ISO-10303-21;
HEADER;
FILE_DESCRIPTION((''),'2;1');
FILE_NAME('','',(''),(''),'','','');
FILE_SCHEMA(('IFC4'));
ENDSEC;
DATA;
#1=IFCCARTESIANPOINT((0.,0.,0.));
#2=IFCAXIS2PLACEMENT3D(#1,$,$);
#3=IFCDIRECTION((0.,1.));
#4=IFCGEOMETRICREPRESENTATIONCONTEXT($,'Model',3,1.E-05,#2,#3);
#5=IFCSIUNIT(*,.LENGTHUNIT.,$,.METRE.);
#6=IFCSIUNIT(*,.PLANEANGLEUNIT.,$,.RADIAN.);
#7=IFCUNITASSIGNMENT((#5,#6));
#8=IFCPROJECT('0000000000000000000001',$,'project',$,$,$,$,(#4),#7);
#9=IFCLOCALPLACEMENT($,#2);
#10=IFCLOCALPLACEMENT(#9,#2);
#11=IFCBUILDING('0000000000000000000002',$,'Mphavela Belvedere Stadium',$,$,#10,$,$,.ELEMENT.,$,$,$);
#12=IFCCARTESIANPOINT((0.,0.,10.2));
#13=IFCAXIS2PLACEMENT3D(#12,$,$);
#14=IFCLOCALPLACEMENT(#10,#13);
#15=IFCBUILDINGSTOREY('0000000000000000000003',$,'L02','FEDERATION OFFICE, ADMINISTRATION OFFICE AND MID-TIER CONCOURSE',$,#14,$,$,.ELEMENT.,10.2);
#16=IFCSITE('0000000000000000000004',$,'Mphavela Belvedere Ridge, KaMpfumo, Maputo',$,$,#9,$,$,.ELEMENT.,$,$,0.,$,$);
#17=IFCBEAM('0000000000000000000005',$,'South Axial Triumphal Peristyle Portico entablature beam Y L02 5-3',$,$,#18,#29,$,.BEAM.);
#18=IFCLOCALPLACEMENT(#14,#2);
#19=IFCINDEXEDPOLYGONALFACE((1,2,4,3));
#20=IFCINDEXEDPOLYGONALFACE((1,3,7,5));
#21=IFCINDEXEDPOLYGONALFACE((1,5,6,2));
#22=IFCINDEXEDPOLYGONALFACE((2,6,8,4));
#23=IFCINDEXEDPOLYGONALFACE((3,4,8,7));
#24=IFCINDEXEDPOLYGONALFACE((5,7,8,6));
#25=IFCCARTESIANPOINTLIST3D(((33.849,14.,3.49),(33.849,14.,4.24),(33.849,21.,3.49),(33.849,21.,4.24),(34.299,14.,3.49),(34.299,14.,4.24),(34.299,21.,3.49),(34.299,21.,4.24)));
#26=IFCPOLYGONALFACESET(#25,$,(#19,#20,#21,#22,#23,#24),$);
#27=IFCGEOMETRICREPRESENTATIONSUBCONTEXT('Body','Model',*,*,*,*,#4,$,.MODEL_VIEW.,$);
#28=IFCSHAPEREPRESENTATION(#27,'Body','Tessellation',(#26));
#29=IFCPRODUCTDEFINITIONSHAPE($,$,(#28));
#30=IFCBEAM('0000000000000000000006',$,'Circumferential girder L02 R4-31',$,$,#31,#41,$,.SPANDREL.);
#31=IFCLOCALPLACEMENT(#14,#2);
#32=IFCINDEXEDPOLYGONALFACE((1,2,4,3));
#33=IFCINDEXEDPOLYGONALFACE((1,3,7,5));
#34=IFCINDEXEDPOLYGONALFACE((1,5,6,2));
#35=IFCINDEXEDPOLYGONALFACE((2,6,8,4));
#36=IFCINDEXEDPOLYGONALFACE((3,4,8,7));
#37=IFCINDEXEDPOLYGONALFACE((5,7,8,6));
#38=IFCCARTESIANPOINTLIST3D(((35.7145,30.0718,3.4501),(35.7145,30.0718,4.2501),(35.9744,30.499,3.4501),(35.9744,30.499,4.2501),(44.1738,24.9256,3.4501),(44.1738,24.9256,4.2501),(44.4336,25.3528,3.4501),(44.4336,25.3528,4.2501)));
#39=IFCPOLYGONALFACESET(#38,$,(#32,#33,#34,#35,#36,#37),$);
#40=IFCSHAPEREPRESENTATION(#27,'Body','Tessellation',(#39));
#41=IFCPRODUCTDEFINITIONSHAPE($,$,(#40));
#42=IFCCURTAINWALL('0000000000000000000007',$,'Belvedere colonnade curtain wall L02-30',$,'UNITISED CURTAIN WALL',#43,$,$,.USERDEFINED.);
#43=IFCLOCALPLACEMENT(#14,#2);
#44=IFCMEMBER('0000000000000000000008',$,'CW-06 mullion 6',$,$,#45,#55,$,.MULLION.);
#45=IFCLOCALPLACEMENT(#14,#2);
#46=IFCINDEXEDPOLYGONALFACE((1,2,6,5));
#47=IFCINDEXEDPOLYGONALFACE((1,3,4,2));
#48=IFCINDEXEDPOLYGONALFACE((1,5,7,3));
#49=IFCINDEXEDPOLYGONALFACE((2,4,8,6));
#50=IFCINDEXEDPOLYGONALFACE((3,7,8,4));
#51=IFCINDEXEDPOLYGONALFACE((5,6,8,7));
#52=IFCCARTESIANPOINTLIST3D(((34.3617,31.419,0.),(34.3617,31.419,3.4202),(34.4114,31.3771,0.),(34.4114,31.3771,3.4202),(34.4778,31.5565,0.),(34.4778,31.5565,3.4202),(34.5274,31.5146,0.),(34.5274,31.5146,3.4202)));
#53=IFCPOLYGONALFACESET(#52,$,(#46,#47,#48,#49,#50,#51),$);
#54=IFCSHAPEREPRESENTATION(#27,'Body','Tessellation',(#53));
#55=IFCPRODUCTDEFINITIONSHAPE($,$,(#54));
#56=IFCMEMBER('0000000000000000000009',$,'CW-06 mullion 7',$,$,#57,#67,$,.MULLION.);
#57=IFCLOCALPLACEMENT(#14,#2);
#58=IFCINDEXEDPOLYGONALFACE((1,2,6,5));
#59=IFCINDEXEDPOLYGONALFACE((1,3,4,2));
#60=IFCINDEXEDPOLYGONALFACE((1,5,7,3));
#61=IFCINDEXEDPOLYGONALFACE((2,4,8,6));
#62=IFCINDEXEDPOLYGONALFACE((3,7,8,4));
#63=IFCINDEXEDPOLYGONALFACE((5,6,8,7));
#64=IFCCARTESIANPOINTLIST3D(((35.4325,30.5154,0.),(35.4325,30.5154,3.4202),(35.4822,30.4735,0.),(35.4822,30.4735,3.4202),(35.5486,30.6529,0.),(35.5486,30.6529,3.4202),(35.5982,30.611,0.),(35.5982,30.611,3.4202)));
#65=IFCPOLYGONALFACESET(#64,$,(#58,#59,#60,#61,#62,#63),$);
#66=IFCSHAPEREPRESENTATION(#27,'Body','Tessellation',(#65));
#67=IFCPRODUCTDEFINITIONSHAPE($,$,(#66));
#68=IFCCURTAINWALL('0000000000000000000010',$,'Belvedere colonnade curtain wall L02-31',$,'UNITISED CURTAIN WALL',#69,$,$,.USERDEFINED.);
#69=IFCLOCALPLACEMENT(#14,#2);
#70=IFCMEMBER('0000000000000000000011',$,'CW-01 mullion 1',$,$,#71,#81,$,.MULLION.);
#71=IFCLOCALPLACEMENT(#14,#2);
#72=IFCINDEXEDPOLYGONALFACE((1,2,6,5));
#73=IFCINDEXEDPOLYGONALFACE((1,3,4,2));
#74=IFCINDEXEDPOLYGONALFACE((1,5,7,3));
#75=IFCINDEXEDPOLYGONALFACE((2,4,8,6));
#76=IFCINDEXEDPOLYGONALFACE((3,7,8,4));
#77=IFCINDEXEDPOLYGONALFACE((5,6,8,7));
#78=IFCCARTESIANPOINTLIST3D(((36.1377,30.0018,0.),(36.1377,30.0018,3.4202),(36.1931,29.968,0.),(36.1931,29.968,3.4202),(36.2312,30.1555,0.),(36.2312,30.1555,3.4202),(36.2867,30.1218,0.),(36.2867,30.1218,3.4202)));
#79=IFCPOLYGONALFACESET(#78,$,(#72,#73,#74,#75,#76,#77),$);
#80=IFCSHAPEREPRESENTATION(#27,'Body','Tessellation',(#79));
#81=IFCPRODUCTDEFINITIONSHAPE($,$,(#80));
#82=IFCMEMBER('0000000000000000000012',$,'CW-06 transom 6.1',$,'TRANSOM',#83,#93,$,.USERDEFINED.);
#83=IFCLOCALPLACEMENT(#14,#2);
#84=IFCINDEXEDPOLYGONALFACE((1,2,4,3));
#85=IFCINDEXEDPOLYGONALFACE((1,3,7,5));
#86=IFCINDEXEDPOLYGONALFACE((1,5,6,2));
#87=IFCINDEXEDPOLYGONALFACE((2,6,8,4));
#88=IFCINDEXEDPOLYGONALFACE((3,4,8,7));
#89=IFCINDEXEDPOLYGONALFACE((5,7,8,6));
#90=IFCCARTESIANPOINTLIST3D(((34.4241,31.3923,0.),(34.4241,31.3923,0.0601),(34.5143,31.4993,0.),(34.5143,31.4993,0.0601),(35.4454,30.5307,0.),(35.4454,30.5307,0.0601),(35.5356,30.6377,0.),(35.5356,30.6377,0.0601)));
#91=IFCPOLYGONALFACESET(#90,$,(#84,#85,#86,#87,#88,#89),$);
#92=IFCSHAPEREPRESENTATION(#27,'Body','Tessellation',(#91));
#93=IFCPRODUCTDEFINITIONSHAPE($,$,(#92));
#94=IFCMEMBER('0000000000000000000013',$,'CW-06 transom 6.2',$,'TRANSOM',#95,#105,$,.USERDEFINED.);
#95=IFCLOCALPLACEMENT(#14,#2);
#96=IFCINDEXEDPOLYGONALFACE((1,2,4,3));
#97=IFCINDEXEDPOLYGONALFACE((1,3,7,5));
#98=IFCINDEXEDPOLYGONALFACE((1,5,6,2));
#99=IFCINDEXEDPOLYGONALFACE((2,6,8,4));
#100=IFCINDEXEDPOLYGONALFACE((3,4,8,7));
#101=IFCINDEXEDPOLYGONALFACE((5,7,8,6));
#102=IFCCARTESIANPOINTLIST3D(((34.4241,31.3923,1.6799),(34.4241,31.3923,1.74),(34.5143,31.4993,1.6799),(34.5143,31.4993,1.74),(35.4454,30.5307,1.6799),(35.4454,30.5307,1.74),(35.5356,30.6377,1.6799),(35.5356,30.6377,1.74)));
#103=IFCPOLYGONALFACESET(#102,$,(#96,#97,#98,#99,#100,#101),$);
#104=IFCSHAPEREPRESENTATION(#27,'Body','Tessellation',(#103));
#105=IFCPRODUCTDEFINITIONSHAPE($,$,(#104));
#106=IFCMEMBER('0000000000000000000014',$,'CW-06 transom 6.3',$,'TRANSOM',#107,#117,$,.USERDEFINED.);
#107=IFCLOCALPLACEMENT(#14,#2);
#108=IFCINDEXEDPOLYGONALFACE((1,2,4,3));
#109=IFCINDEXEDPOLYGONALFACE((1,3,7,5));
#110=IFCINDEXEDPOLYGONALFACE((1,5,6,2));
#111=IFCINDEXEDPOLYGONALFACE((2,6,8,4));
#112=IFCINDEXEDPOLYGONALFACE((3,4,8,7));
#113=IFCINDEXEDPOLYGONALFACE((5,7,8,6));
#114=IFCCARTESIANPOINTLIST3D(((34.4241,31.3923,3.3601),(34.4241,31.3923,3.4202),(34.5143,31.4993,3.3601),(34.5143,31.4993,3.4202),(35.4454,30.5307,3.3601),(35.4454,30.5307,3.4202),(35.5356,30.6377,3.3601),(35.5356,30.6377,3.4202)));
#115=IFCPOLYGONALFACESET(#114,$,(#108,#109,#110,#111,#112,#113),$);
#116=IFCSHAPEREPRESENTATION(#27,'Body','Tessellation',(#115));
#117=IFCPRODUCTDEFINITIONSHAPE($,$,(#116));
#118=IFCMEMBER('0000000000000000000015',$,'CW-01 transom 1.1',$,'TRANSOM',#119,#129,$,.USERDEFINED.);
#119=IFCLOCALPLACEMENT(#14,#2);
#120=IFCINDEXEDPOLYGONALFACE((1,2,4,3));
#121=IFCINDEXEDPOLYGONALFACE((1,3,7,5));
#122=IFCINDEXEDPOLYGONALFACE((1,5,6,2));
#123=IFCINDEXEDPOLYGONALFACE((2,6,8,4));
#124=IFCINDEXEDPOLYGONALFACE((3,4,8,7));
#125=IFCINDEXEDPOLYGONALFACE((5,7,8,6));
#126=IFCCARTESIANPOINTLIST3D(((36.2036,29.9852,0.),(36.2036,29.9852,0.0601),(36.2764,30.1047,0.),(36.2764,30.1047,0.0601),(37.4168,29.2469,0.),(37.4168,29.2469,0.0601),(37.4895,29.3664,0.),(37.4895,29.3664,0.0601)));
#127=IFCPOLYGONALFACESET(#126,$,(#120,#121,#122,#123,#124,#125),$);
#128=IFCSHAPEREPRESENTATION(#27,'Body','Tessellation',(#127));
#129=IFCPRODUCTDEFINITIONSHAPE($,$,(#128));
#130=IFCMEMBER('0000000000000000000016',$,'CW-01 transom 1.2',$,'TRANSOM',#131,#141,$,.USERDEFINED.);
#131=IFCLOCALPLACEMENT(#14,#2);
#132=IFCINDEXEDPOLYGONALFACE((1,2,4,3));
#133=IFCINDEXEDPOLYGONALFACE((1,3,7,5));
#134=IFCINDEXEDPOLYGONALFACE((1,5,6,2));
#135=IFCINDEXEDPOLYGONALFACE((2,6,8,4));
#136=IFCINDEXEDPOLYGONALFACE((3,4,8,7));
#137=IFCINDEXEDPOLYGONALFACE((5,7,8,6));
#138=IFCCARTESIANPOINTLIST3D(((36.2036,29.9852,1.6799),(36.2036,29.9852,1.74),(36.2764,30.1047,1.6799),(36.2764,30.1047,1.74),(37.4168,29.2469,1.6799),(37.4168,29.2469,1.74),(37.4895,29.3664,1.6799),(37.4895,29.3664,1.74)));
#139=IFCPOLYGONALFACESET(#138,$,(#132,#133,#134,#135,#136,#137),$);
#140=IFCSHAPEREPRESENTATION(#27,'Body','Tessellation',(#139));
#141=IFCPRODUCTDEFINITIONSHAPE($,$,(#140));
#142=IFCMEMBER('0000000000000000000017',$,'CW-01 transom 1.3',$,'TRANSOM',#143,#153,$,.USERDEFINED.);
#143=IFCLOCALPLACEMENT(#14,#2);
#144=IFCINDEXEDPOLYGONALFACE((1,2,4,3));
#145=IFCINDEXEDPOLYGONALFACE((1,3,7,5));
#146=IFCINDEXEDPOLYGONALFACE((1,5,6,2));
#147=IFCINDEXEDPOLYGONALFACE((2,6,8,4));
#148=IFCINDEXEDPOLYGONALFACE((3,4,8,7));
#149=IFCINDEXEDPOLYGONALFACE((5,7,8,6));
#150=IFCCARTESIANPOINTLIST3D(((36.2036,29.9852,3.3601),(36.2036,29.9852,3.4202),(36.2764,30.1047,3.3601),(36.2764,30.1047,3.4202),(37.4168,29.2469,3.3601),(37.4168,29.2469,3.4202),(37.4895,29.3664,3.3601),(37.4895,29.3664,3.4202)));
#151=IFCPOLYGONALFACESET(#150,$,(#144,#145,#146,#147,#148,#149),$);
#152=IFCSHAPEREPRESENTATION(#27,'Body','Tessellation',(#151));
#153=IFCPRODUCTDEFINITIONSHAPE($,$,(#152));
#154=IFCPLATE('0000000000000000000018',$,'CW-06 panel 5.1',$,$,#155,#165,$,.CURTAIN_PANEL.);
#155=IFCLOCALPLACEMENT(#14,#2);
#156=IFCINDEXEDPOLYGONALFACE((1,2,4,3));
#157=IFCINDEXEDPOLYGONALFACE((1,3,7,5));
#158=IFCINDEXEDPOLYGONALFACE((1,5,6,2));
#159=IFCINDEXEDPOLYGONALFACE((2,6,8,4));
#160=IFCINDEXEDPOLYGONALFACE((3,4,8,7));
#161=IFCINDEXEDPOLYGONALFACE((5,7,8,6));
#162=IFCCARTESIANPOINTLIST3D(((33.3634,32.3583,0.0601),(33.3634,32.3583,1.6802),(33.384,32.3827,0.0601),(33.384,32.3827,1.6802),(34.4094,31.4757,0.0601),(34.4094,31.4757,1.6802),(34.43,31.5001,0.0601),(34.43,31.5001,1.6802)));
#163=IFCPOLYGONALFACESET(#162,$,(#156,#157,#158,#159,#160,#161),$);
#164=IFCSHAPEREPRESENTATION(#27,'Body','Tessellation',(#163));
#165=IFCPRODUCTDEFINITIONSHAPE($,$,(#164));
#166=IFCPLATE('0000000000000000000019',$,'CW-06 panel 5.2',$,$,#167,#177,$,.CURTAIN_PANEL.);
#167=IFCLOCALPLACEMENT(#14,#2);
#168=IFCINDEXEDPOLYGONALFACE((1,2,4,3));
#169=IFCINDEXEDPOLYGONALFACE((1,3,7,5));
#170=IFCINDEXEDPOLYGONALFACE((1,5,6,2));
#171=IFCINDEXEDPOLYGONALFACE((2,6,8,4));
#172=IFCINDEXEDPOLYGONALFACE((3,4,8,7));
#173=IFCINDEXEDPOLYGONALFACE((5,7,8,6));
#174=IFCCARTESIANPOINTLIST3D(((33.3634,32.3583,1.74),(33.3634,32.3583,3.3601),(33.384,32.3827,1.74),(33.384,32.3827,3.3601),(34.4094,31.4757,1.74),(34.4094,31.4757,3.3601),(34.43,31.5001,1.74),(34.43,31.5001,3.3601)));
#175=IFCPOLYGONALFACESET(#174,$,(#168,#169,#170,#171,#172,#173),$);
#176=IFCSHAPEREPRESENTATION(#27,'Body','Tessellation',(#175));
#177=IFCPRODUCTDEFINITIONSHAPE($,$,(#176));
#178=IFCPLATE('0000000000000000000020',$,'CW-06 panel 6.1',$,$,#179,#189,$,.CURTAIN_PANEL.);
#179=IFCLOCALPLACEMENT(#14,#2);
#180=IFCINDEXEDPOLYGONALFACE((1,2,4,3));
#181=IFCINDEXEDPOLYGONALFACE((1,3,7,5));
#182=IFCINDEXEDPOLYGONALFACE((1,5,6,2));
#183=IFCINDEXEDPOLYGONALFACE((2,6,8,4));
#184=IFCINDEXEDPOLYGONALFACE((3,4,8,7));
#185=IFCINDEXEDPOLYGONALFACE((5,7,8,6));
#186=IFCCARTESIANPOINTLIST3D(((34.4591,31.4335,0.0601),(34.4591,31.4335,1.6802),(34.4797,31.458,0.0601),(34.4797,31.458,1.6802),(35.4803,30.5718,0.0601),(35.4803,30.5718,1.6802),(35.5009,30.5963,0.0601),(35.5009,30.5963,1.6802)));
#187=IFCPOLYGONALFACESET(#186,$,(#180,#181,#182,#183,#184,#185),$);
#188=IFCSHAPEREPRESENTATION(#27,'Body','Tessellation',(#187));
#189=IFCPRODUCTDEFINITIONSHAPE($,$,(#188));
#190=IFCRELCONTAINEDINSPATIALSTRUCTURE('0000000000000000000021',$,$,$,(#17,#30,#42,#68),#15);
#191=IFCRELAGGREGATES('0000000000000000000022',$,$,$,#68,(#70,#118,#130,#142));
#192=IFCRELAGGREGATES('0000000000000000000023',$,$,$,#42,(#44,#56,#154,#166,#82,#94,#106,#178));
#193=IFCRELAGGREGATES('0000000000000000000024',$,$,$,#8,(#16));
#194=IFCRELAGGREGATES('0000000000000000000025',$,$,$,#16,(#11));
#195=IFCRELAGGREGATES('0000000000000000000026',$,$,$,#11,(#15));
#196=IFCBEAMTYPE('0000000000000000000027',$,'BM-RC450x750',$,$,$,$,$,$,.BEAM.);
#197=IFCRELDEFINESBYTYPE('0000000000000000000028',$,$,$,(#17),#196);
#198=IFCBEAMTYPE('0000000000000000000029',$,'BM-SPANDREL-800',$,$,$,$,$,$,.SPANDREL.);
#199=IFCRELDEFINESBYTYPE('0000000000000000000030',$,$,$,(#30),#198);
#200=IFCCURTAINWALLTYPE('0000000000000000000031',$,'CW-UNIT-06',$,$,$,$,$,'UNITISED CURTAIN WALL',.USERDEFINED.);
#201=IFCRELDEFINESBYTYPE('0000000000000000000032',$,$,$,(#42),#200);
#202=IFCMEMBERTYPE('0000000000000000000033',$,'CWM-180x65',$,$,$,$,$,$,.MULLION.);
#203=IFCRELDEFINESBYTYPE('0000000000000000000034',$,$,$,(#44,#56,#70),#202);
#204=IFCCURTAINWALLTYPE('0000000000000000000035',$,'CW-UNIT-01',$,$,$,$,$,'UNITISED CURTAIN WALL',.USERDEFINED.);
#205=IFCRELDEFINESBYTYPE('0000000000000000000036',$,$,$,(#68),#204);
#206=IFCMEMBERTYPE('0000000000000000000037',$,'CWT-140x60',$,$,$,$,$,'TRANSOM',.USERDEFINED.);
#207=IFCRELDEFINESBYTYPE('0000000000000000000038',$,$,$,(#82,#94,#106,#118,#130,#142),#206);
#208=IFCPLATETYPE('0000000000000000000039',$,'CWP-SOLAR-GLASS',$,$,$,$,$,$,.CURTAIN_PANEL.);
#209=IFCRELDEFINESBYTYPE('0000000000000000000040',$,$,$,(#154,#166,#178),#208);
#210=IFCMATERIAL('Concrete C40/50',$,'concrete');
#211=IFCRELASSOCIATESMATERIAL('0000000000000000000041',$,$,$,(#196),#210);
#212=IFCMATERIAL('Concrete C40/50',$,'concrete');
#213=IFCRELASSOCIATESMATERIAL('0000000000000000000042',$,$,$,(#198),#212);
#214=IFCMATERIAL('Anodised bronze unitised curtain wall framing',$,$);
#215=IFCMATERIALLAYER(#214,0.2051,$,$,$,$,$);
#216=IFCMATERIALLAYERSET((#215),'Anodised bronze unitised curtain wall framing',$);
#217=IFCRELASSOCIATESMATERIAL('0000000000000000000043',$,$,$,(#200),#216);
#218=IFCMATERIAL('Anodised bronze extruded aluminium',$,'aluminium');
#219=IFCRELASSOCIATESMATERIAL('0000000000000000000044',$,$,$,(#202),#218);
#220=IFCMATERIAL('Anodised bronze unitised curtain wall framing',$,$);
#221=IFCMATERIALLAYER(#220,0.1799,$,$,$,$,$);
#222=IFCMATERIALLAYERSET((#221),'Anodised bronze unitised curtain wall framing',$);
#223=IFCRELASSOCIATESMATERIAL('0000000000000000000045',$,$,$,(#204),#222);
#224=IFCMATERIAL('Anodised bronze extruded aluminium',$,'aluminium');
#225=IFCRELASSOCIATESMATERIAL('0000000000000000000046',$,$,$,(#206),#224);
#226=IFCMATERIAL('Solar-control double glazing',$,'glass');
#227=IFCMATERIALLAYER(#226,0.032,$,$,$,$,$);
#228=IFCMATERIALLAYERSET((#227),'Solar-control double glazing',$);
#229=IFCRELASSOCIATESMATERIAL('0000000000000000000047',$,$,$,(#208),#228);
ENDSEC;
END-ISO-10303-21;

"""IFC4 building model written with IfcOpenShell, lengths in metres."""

from ifc_helpers import new_model, si_unit, direction, frame, origin, origin_2d, place, context, subcontext, project, spatial, rectangle, extrude, material, layer, layer_set, material_profile, profile_set, type_object, element, aggregate, save


model = new_model("IFC4")

# Units and contexts
model_context = context("Model", 3, precision=1e-05, world=origin(), true_north=direction((0.0, 1.0)))
body_context = subcontext(model_context, "Body", "Model", "MODEL_VIEW")
ifc_project = project(units=[si_unit("LENGTHUNIT", "METRE"), si_unit("PLANEANGLEUNIT", "RADIAN")], contexts=[model_context])

# Site, building, storey
site_placement = place(None, origin())
site = spatial("IfcSite", under=ifc_project, at=site_placement, Name="Mphavela Belvedere Ridge, KaMpfumo, Maputo", CompositionType="ELEMENT", RefElevation=0.0)
building_placement = place(site_placement, origin())
building = spatial("IfcBuilding", under=site, at=building_placement, Name="Mphavela Belvedere Stadium", CompositionType="ELEMENT")
storey_placement = place(building_placement, frame((0.0, 0.0, 10.2)))
storey = spatial("IfcBuildingStorey", under=building, at=storey_placement, Name="L02", Description="FEDERATION OFFICE, ADMINISTRATION OFFICE AND MID-TIER CONCOURSE", CompositionType="ELEMENT", Elevation=10.2)

# Beams
ifc_material_1 = material(Name="Concrete C40/50", Category="concrete")
ifc_material_profile_1 = material_profile(ifc_material_1, rectangle(XDim=0.45, YDim=0.75, at=origin_2d()), Name="RC 450x750")
ifc_profile_set_1 = profile_set([ifc_material_profile_1], Name="Concrete C40/50")
beam_type_1 = type_object("IfcBeamType", Name="BM-RC450x750", PredefinedType="BEAM", material=ifc_profile_set_1)
beam_1_placement = place(storey_placement, frame((34.074, 14.0, 3.865), z_axis=(0.0, 1.0, 0.0), x_axis=(-1.0, 0.0, 0.0)))
element("IfcBeam", 1, at=beam_1_placement, inside=storey, type_object=beam_type_1, Name="South Axial Triumphal Peristyle Portico entablature beam Y L02 5-3", PredefinedType="BEAM", context=body_context, shape_type="SweptSolid", body=[
    extrude(rectangle(XDim=0.45, YDim=0.75, at=origin_2d()), origin(), (0.0, 0.0, 1.0), 7.0),
])
ifc_material_2 = material(Name="Concrete C40/50", Category="concrete")
ifc_material_profile_2 = material_profile(ifc_material_2, rectangle(XDim=0.5, YDim=0.8, at=origin_2d()), Name="RC 500x800")
ifc_profile_set_2 = profile_set([ifc_material_profile_2], Name="Concrete C40/50")
beam_type_2 = type_object("IfcBeamType", Name="BM-SPANDREL-800", PredefinedType="SPANDREL", material=ifc_profile_set_2)
beam_2_placement = place(storey_placement, frame((35.8445, 30.2854, 3.8501), z_axis=(0.854327, -0.519737, 0.0), x_axis=(0.519737, 0.854327, 0.0)))
element("IfcBeam", 2, at=beam_2_placement, inside=storey, type_object=beam_type_2, Name="Circumferential girder L02 R4-31", PredefinedType="SPANDREL", context=body_context, shape_type="SweptSolid", body=[
    extrude(rectangle(XDim=0.5, YDim=0.8, at=origin_2d()), origin(), (0.0, 0.0, 1.0), 9.9016),
])

# Curtain wall, members
ifc_material_3 = material(Name="Anodised bronze unitised curtain wall framing")
ifc_layer_1 = layer(ifc_material_3, 0.2051)
ifc_layer_set_1 = layer_set([ifc_layer_1], Name="Anodised bronze unitised curtain wall framing")
curtain_wall_type_1 = type_object("IfcCurtainWallType", Name="CW-UNIT-06", ElementType="UNITISED CURTAIN WALL", PredefinedType="USERDEFINED", material=ifc_layer_set_1)
curtain_wall_1_placement = place(storey_placement, origin())
curtain_wall_1 = element("IfcCurtainWall", 3, at=curtain_wall_1_placement, inside=storey, type_object=curtain_wall_type_1, Name="Belvedere colonnade curtain wall L02-30", ObjectType="UNITISED CURTAIN WALL", PredefinedType="USERDEFINED")
ifc_material_4 = material(Name="Anodised bronze extruded aluminium", Category="aluminium")
ifc_material_profile_3 = material_profile(ifc_material_4, rectangle(XDim=0.1799, YDim=0.0649, at=origin_2d()), Name="CW-MUL 180x65")
ifc_profile_set_3 = profile_set([ifc_material_profile_3], Name="Anodised bronze extruded aluminium")
member_type_1 = type_object("IfcMemberType", Name="CWM-180x65", PredefinedType="MULLION", material=ifc_profile_set_3)
member_1_placement = place(storey_placement, frame((34.4446, 31.4668, 0.0), z_axis=(0.0, 0.0, 1.0), x_axis=(0.644907, 0.764261, 0.0)))
member_1 = element("IfcMember", 4, at=member_1_placement, type_object=member_type_1, Name="CW-06 mullion 6", PredefinedType="MULLION", context=body_context, shape_type="SweptSolid", body=[
    extrude(rectangle(XDim=0.1799, YDim=0.0649, at=origin_2d()), origin(), (0.0, 0.0, 1.0), 3.4202),
])
member_2_placement = place(storey_placement, frame((35.5154, 30.5632, 0.0), z_axis=(0.0, 0.0, 1.0), x_axis=(0.644907, 0.764261, 0.0)))
member_2 = element("IfcMember", 5, at=member_2_placement, type_object=member_type_1, Name="CW-06 mullion 7", PredefinedType="MULLION", context=body_context, shape_type="SweptSolid", body=[
    extrude(rectangle(XDim=0.1799, YDim=0.0649, at=origin_2d()), origin(), (0.0, 0.0, 1.0), 3.4202),
])

# Curtain wall, member
ifc_material_5 = material(Name="Anodised bronze unitised curtain wall framing")
ifc_layer_2 = layer(ifc_material_5, 0.1799)
ifc_layer_set_2 = layer_set([ifc_layer_2], Name="Anodised bronze unitised curtain wall framing")
curtain_wall_type_2 = type_object("IfcCurtainWallType", Name="CW-UNIT-01", ElementType="UNITISED CURTAIN WALL", PredefinedType="USERDEFINED", material=ifc_layer_set_2)
curtain_wall_2_placement = place(storey_placement, origin())
curtain_wall_2 = element("IfcCurtainWall", 6, at=curtain_wall_2_placement, inside=storey, type_object=curtain_wall_type_2, Name="Belvedere colonnade curtain wall L02-31", ObjectType="UNITISED CURTAIN WALL", PredefinedType="USERDEFINED")
member_3_placement = place(storey_placement, frame((36.2122, 30.0618, 0.0), z_axis=(0.0, 0.0, 1.0), x_axis=(0.519732, 0.85433, 0.0)))
member_3 = element("IfcMember", 7, at=member_3_placement, type_object=member_type_1, Name="CW-01 mullion 1", PredefinedType="MULLION", context=body_context, shape_type="SweptSolid", body=[
    extrude(rectangle(XDim=0.1799, YDim=0.0649, at=origin_2d()), origin(), (0.0, 0.0, 1.0), 3.4202),
])

# Members
ifc_material_6 = material(Name="Anodised bronze extruded aluminium", Category="aluminium")
ifc_material_profile_4 = material_profile(ifc_material_6, rectangle(XDim=0.1399, YDim=0.0601, at=origin_2d()), Name="CW-TRN 140x60")
ifc_profile_set_4 = profile_set([ifc_material_profile_4], Name="Anodised bronze extruded aluminium")
member_type_2 = type_object("IfcMemberType", Name="CWT-140x60", ElementType="TRANSOM", PredefinedType="USERDEFINED", material=ifc_profile_set_4)
member_4_placement = place(storey_placement, frame((34.4692, 31.4458, 0.03), z_axis=(0.764328, -0.644828, 0.0), x_axis=(0.644828, 0.764328, 0.0)))
member_4 = element("IfcMember", 8, at=member_4_placement, type_object=member_type_2, Name="CW-06 transom 6.1", ObjectType="TRANSOM", PredefinedType="USERDEFINED", context=body_context, shape_type="SweptSolid", body=[
    extrude(rectangle(XDim=0.1399, YDim=0.0601, at=origin_2d()), origin(), (0.0, 0.0, 1.0), 1.3362),
])
member_5_placement = place(storey_placement, frame((34.4692, 31.4458, 1.71), z_axis=(0.764328, -0.644828, 0.0), x_axis=(0.644828, 0.764328, 0.0)))
member_5 = element("IfcMember", 9, at=member_5_placement, type_object=member_type_2, Name="CW-06 transom 6.2", ObjectType="TRANSOM", PredefinedType="USERDEFINED", context=body_context, shape_type="SweptSolid", body=[
    extrude(rectangle(XDim=0.1399, YDim=0.0601, at=origin_2d()), origin(), (0.0, 0.0, 1.0), 1.3362),
])
member_6_placement = place(storey_placement, frame((34.4692, 31.4458, 3.3901), z_axis=(0.764328, -0.644828, 0.0), x_axis=(0.644828, 0.764328, 0.0)))
member_6 = element("IfcMember", 10, at=member_6_placement, type_object=member_type_2, Name="CW-06 transom 6.3", ObjectType="TRANSOM", PredefinedType="USERDEFINED", context=body_context, shape_type="SweptSolid", body=[
    extrude(rectangle(XDim=0.1399, YDim=0.0601, at=origin_2d()), origin(), (0.0, 0.0, 1.0), 1.3362),
])
member_7_placement = place(storey_placement, frame((36.24, 30.0449, 0.03), z_axis=(0.854245, -0.519871, 0.0), x_axis=(0.519871, 0.854245, 0.0)))
member_7 = element("IfcMember", 11, at=member_7_placement, type_object=member_type_2, Name="CW-01 transom 1.1", ObjectType="TRANSOM", PredefinedType="USERDEFINED", context=body_context, shape_type="SweptSolid", body=[
    extrude(rectangle(XDim=0.1399, YDim=0.0601, at=origin_2d()), origin(), (0.0, 0.0, 1.0), 1.4202),
])
member_8_placement = place(storey_placement, frame((36.24, 30.0449, 1.71), z_axis=(0.854245, -0.519871, 0.0), x_axis=(0.519871, 0.854245, 0.0)))
member_8 = element("IfcMember", 12, at=member_8_placement, type_object=member_type_2, Name="CW-01 transom 1.2", ObjectType="TRANSOM", PredefinedType="USERDEFINED", context=body_context, shape_type="SweptSolid", body=[
    extrude(rectangle(XDim=0.1399, YDim=0.0601, at=origin_2d()), origin(), (0.0, 0.0, 1.0), 1.4202),
])
member_9_placement = place(storey_placement, frame((36.24, 30.0449, 3.3901), z_axis=(0.854245, -0.519871, 0.0), x_axis=(0.519871, 0.854245, 0.0)))
member_9 = element("IfcMember", 13, at=member_9_placement, type_object=member_type_2, Name="CW-01 transom 1.3", ObjectType="TRANSOM", PredefinedType="USERDEFINED", context=body_context, shape_type="SweptSolid", body=[
    extrude(rectangle(XDim=0.1399, YDim=0.0601, at=origin_2d()), origin(), (0.0, 0.0, 1.0), 1.4202),
])
aggregate(curtain_wall_2, [member_3, member_7, member_8, member_9])

# Plates
ifc_material_7 = material(Name="Solar-control double glazing", Category="glass")
ifc_layer_3 = layer(ifc_material_7, 0.032)
ifc_layer_set_3 = layer_set([ifc_layer_3], Name="Solar-control double glazing")
plate_type = type_object("IfcPlateType", Name="CWP-SOLAR-GLASS", PredefinedType="CURTAIN_PANEL", material=ifc_layer_set_3)
plate_1_placement = place(storey_placement, frame((33.8967, 31.9292, 0.0601), z_axis=(0.0, 0.0, 1.0), x_axis=(0.764261, -0.644907, 0.0)))
plate_1 = element("IfcPlate", 14, at=plate_1_placement, type_object=plate_type, Name="CW-06 panel 5.1", PredefinedType="CURTAIN_PANEL", context=body_context, shape_type="SweptSolid", body=[
    extrude(rectangle(XDim=1.3687, YDim=0.032, at=origin_2d()), origin(), (0.0, 0.0, 1.0), 1.6201),
])
plate_2_placement = place(storey_placement, frame((33.8967, 31.9292, 1.74), z_axis=(0.0, 0.0, 1.0), x_axis=(0.764261, -0.644907, 0.0)))
plate_2 = element("IfcPlate", 15, at=plate_2_placement, type_object=plate_type, Name="CW-06 panel 5.2", PredefinedType="CURTAIN_PANEL", context=body_context, shape_type="SweptSolid", body=[
    extrude(rectangle(XDim=1.3687, YDim=0.032, at=origin_2d()), origin(), (0.0, 0.0, 1.0), 1.6201),
])
plate_3_placement = place(storey_placement, frame((34.98, 31.0149, 0.0601), z_axis=(0.0, 0.0, 1.0), x_axis=(0.764261, -0.644907, 0.0)))
plate_3 = element("IfcPlate", 16, at=plate_3_placement, type_object=plate_type, Name="CW-06 panel 6.1", PredefinedType="CURTAIN_PANEL", context=body_context, shape_type="SweptSolid", body=[
    extrude(rectangle(XDim=1.3362, YDim=0.032, at=origin_2d()), origin(), (0.0, 0.0, 1.0), 1.6201),
])
aggregate(curtain_wall_1, [member_1, member_2, plate_1, plate_2, member_4, member_5, member_6, plate_3])

save(model, "model.ifc")
